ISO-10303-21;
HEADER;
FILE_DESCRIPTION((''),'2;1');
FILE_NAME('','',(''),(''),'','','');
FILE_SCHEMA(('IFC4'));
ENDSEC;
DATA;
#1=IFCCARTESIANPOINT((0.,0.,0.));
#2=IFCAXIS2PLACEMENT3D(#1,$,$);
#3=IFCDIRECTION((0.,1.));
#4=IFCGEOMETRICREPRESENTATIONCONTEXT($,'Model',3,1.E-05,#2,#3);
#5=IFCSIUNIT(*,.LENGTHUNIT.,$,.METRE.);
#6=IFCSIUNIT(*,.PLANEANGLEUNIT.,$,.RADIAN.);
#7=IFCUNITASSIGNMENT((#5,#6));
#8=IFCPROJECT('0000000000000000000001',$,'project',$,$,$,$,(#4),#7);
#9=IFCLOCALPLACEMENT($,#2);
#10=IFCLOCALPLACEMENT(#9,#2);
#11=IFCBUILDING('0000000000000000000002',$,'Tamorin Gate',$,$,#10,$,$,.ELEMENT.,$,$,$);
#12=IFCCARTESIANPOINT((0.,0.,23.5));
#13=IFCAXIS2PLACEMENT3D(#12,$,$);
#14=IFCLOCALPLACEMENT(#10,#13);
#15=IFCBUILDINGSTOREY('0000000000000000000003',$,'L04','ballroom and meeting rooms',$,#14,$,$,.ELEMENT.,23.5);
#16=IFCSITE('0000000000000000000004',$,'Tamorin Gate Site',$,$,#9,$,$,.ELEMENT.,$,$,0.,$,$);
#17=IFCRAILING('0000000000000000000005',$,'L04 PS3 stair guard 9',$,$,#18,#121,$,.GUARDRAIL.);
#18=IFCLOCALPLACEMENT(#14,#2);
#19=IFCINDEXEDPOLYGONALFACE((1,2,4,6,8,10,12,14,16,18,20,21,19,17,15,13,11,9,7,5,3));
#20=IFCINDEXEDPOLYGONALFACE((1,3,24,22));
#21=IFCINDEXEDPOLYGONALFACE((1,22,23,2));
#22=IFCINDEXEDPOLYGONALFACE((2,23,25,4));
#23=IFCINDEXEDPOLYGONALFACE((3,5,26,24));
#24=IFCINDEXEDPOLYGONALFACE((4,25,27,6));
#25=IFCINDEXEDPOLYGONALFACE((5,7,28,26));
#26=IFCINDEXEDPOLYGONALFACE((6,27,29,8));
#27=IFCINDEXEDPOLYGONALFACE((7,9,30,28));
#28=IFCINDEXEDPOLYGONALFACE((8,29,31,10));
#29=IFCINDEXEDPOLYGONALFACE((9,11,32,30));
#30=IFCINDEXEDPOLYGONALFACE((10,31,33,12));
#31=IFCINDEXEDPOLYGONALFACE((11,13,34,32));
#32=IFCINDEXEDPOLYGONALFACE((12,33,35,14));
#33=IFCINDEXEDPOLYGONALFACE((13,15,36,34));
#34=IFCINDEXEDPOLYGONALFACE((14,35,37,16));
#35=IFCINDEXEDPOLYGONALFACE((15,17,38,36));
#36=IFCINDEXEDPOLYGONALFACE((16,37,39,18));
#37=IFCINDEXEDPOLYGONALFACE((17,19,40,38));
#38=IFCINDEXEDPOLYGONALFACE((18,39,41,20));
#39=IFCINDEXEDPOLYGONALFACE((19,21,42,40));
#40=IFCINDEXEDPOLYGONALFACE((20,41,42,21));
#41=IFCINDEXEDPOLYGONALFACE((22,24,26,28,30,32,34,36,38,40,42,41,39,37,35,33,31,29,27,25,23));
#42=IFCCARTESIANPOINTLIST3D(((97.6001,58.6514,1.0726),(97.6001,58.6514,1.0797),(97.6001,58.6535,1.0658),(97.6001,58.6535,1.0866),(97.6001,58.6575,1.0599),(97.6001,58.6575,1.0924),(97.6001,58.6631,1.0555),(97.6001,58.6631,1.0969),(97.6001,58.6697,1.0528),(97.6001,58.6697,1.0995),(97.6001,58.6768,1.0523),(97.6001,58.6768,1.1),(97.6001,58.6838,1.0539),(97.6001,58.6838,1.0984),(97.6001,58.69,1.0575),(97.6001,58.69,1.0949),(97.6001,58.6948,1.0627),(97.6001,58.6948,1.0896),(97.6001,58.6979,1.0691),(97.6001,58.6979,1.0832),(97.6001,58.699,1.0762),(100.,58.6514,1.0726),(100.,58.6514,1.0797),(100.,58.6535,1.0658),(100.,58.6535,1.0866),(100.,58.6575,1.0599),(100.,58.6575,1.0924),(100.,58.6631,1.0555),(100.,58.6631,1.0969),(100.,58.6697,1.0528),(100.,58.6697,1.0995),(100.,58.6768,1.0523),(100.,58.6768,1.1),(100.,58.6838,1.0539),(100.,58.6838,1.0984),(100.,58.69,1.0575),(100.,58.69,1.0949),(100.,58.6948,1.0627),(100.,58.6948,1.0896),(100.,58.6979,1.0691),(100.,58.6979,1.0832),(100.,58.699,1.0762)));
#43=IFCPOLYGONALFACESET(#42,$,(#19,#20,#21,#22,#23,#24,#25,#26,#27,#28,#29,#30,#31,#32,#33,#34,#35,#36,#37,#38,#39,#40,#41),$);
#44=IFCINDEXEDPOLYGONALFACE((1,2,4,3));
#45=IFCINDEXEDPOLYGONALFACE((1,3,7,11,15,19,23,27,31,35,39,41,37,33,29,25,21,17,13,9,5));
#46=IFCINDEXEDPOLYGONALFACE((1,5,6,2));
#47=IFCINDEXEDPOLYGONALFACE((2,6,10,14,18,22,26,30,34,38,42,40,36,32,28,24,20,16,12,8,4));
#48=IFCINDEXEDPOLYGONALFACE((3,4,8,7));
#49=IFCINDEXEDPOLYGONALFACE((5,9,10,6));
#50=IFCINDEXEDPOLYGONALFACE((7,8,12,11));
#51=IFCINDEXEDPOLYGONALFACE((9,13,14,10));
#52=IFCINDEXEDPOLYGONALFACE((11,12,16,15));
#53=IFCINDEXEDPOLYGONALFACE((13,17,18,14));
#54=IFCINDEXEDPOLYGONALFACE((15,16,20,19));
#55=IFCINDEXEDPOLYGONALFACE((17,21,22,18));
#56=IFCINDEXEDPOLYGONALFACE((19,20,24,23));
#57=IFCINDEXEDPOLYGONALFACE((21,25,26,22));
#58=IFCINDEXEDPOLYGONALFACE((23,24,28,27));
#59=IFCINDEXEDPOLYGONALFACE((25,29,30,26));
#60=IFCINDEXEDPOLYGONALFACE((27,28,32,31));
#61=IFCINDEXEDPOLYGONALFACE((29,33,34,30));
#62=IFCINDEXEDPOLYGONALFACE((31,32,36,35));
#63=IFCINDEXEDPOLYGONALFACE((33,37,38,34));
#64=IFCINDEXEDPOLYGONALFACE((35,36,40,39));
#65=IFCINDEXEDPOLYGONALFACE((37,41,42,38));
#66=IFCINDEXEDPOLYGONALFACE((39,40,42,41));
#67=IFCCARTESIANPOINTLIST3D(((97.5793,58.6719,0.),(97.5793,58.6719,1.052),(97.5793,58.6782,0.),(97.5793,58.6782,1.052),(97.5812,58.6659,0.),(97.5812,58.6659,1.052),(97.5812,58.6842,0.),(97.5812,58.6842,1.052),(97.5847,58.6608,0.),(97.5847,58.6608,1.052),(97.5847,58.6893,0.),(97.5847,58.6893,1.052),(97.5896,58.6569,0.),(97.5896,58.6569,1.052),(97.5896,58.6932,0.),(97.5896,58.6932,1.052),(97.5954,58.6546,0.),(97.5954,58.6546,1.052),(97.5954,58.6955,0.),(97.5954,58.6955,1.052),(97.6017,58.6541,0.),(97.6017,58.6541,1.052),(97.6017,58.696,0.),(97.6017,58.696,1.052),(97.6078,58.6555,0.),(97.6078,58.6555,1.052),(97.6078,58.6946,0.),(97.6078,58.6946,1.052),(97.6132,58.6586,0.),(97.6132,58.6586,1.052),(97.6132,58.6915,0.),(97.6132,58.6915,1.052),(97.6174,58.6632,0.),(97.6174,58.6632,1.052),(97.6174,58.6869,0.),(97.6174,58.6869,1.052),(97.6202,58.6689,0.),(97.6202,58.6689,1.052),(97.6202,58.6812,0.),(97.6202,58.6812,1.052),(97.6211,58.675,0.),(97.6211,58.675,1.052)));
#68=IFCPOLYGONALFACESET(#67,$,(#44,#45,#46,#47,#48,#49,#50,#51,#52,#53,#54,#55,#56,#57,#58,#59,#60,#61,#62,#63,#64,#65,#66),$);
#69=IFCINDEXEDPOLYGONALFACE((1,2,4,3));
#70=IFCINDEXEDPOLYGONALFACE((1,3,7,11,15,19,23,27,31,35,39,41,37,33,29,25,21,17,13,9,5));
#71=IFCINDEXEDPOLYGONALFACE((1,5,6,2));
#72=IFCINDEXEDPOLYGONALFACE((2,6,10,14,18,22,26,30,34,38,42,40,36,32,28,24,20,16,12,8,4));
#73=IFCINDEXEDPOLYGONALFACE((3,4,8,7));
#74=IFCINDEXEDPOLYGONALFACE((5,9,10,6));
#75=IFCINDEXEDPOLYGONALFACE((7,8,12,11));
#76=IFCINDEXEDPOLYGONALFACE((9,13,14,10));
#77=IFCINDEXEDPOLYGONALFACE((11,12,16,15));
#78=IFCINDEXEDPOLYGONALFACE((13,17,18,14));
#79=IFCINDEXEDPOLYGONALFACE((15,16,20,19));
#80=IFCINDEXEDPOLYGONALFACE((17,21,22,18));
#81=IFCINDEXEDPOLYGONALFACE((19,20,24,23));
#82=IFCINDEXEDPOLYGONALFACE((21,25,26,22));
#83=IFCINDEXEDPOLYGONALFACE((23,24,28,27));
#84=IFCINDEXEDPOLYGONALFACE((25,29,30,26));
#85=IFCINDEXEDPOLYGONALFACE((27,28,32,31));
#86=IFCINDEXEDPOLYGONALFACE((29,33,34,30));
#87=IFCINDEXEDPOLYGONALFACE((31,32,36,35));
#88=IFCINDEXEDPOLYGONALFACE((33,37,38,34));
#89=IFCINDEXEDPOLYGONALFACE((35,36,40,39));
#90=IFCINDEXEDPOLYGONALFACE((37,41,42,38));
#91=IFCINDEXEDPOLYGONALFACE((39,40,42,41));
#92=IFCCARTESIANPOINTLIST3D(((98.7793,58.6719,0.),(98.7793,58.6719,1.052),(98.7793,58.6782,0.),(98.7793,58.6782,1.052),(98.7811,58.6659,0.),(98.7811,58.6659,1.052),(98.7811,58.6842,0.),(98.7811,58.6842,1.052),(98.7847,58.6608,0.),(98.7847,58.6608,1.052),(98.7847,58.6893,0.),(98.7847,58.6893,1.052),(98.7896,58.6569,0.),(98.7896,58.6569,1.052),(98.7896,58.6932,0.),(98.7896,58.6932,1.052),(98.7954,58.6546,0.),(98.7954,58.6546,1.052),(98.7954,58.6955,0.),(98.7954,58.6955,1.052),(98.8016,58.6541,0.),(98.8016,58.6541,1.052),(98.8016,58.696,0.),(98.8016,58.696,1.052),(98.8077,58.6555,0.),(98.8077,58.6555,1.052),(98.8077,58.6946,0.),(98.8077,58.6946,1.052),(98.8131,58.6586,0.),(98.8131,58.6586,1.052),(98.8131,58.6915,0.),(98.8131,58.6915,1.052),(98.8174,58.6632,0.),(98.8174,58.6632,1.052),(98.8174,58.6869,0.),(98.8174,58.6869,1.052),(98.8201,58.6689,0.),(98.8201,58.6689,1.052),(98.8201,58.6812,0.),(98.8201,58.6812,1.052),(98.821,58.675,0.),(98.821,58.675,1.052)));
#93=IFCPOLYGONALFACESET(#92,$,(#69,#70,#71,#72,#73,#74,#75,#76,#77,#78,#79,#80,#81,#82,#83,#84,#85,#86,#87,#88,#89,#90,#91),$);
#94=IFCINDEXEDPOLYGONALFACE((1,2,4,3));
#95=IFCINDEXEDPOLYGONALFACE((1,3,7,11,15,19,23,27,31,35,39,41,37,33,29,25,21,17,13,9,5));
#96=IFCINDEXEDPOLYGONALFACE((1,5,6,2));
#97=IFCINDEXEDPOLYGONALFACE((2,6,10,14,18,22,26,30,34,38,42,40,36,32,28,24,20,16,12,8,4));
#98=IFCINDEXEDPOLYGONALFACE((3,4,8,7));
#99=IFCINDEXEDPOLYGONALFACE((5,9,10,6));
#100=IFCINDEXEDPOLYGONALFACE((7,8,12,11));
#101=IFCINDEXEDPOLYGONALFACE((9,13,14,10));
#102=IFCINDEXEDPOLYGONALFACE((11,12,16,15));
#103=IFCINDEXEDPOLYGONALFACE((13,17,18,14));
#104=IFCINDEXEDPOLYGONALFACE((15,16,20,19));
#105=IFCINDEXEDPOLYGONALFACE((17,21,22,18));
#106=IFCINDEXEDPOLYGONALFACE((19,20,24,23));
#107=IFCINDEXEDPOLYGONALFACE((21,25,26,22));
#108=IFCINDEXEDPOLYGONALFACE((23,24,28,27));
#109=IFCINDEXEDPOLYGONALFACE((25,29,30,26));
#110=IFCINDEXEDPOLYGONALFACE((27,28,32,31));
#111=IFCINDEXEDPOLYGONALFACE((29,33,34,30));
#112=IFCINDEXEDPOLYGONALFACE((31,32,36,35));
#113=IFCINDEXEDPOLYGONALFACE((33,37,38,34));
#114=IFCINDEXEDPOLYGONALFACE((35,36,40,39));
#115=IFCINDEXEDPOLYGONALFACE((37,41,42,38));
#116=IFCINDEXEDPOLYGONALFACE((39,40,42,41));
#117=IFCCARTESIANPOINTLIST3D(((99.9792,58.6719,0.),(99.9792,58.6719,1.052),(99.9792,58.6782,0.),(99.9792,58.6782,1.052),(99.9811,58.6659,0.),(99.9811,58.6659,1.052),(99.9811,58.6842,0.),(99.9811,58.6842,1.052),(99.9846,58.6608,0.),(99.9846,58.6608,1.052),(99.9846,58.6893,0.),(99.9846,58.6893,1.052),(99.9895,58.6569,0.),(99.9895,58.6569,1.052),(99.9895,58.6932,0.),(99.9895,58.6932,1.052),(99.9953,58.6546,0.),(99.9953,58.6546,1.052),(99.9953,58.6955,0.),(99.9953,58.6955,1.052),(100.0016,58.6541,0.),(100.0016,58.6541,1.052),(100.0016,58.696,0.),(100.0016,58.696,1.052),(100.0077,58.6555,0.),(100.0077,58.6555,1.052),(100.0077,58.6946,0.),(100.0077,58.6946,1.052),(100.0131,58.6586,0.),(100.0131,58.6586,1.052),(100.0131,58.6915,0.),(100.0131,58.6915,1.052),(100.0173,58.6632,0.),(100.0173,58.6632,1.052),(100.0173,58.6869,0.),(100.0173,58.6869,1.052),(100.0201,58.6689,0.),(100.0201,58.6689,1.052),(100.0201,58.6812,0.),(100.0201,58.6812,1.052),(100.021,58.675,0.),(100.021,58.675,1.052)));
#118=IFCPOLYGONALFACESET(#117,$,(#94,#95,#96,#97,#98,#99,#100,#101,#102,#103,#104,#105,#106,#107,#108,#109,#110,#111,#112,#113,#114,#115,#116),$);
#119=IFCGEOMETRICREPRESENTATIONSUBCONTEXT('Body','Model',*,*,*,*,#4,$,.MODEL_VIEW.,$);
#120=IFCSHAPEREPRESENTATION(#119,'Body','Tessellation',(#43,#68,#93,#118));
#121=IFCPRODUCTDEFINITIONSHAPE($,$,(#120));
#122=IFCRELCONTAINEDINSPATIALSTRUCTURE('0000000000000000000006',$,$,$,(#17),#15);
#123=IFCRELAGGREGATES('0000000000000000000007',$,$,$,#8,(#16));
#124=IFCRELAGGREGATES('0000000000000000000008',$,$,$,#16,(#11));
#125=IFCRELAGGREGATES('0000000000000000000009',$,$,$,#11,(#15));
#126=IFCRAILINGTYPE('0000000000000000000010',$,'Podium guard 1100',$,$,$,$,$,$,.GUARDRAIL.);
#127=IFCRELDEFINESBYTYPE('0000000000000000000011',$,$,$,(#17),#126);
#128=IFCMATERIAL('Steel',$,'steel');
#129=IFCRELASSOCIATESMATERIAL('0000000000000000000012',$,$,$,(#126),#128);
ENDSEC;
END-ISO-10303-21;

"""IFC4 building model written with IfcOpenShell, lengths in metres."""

from ifc_helpers import new_model, si_unit, direction, frame, origin, origin_2d, place, context, subcontext, project, spatial, circle, extrude, material, type_object, element, save


model = new_model("IFC4")

# Units and contexts
model_context = context("Model", 3, precision=1e-05, world=origin(), true_north=direction((0.0, 1.0)))
body_context = subcontext(model_context, "Body", "Model", "MODEL_VIEW")
ifc_project = project(units=[si_unit("LENGTHUNIT", "METRE"), si_unit("PLANEANGLEUNIT", "RADIAN")], contexts=[model_context])

# Site, building, storey
site_placement = place(None, origin())
site = spatial("IfcSite", under=ifc_project, at=site_placement, Name="Tamorin Gate Site", CompositionType="ELEMENT", RefElevation=0.0)
building_placement = place(site_placement, origin())
building = spatial("IfcBuilding", under=site, at=building_placement, Name="Tamorin Gate", CompositionType="ELEMENT")
storey_placement = place(building_placement, frame((0.0, 0.0, 23.5)))
storey = spatial("IfcBuildingStorey", under=building, at=storey_placement, Name="L04", Description="ballroom and meeting rooms", CompositionType="ELEMENT", Elevation=23.5)

# Railing
ifc_material_1 = material(Name="Steel", Category="steel")
railing_type = type_object("IfcRailingType", Name="Podium guard 1100", PredefinedType="GUARDRAIL", material=ifc_material_1)
for number, where, name in (
    (1, (97.6001, 58.675, 0.0), "L04 PS3 stair guard 9"),
):
    element("IfcRailing", number, at=place(storey_placement, frame(where)), inside=storey, type_object=railing_type, Name=name, PredefinedType="GUARDRAIL", context=body_context, shape_type="SweptSolid", body=[
        extrude(circle(Radius=0.0239, at=origin_2d()), frame((0.0, 0.0, 1.0762), z_axis=(1.0, 0.0, 0.0), x_axis=(0.0, 1.0, 0.0)), (0.0, 0.0, 1.0), 2.3999),
        extrude(circle(Radius=0.021, at=origin_2d()), origin(), (0.0, 0.0, 1.0), 1.052),
        extrude(circle(Radius=0.021, at=origin_2d()), frame((1.2, 0.0, 0.0)), (0.0, 0.0, 1.0), 1.052),
        extrude(circle(Radius=0.021, at=origin_2d()), frame((2.3999, 0.0, 0.0)), (0.0, 0.0, 1.0), 1.052),
    ])

save(model, "model.ifc")
